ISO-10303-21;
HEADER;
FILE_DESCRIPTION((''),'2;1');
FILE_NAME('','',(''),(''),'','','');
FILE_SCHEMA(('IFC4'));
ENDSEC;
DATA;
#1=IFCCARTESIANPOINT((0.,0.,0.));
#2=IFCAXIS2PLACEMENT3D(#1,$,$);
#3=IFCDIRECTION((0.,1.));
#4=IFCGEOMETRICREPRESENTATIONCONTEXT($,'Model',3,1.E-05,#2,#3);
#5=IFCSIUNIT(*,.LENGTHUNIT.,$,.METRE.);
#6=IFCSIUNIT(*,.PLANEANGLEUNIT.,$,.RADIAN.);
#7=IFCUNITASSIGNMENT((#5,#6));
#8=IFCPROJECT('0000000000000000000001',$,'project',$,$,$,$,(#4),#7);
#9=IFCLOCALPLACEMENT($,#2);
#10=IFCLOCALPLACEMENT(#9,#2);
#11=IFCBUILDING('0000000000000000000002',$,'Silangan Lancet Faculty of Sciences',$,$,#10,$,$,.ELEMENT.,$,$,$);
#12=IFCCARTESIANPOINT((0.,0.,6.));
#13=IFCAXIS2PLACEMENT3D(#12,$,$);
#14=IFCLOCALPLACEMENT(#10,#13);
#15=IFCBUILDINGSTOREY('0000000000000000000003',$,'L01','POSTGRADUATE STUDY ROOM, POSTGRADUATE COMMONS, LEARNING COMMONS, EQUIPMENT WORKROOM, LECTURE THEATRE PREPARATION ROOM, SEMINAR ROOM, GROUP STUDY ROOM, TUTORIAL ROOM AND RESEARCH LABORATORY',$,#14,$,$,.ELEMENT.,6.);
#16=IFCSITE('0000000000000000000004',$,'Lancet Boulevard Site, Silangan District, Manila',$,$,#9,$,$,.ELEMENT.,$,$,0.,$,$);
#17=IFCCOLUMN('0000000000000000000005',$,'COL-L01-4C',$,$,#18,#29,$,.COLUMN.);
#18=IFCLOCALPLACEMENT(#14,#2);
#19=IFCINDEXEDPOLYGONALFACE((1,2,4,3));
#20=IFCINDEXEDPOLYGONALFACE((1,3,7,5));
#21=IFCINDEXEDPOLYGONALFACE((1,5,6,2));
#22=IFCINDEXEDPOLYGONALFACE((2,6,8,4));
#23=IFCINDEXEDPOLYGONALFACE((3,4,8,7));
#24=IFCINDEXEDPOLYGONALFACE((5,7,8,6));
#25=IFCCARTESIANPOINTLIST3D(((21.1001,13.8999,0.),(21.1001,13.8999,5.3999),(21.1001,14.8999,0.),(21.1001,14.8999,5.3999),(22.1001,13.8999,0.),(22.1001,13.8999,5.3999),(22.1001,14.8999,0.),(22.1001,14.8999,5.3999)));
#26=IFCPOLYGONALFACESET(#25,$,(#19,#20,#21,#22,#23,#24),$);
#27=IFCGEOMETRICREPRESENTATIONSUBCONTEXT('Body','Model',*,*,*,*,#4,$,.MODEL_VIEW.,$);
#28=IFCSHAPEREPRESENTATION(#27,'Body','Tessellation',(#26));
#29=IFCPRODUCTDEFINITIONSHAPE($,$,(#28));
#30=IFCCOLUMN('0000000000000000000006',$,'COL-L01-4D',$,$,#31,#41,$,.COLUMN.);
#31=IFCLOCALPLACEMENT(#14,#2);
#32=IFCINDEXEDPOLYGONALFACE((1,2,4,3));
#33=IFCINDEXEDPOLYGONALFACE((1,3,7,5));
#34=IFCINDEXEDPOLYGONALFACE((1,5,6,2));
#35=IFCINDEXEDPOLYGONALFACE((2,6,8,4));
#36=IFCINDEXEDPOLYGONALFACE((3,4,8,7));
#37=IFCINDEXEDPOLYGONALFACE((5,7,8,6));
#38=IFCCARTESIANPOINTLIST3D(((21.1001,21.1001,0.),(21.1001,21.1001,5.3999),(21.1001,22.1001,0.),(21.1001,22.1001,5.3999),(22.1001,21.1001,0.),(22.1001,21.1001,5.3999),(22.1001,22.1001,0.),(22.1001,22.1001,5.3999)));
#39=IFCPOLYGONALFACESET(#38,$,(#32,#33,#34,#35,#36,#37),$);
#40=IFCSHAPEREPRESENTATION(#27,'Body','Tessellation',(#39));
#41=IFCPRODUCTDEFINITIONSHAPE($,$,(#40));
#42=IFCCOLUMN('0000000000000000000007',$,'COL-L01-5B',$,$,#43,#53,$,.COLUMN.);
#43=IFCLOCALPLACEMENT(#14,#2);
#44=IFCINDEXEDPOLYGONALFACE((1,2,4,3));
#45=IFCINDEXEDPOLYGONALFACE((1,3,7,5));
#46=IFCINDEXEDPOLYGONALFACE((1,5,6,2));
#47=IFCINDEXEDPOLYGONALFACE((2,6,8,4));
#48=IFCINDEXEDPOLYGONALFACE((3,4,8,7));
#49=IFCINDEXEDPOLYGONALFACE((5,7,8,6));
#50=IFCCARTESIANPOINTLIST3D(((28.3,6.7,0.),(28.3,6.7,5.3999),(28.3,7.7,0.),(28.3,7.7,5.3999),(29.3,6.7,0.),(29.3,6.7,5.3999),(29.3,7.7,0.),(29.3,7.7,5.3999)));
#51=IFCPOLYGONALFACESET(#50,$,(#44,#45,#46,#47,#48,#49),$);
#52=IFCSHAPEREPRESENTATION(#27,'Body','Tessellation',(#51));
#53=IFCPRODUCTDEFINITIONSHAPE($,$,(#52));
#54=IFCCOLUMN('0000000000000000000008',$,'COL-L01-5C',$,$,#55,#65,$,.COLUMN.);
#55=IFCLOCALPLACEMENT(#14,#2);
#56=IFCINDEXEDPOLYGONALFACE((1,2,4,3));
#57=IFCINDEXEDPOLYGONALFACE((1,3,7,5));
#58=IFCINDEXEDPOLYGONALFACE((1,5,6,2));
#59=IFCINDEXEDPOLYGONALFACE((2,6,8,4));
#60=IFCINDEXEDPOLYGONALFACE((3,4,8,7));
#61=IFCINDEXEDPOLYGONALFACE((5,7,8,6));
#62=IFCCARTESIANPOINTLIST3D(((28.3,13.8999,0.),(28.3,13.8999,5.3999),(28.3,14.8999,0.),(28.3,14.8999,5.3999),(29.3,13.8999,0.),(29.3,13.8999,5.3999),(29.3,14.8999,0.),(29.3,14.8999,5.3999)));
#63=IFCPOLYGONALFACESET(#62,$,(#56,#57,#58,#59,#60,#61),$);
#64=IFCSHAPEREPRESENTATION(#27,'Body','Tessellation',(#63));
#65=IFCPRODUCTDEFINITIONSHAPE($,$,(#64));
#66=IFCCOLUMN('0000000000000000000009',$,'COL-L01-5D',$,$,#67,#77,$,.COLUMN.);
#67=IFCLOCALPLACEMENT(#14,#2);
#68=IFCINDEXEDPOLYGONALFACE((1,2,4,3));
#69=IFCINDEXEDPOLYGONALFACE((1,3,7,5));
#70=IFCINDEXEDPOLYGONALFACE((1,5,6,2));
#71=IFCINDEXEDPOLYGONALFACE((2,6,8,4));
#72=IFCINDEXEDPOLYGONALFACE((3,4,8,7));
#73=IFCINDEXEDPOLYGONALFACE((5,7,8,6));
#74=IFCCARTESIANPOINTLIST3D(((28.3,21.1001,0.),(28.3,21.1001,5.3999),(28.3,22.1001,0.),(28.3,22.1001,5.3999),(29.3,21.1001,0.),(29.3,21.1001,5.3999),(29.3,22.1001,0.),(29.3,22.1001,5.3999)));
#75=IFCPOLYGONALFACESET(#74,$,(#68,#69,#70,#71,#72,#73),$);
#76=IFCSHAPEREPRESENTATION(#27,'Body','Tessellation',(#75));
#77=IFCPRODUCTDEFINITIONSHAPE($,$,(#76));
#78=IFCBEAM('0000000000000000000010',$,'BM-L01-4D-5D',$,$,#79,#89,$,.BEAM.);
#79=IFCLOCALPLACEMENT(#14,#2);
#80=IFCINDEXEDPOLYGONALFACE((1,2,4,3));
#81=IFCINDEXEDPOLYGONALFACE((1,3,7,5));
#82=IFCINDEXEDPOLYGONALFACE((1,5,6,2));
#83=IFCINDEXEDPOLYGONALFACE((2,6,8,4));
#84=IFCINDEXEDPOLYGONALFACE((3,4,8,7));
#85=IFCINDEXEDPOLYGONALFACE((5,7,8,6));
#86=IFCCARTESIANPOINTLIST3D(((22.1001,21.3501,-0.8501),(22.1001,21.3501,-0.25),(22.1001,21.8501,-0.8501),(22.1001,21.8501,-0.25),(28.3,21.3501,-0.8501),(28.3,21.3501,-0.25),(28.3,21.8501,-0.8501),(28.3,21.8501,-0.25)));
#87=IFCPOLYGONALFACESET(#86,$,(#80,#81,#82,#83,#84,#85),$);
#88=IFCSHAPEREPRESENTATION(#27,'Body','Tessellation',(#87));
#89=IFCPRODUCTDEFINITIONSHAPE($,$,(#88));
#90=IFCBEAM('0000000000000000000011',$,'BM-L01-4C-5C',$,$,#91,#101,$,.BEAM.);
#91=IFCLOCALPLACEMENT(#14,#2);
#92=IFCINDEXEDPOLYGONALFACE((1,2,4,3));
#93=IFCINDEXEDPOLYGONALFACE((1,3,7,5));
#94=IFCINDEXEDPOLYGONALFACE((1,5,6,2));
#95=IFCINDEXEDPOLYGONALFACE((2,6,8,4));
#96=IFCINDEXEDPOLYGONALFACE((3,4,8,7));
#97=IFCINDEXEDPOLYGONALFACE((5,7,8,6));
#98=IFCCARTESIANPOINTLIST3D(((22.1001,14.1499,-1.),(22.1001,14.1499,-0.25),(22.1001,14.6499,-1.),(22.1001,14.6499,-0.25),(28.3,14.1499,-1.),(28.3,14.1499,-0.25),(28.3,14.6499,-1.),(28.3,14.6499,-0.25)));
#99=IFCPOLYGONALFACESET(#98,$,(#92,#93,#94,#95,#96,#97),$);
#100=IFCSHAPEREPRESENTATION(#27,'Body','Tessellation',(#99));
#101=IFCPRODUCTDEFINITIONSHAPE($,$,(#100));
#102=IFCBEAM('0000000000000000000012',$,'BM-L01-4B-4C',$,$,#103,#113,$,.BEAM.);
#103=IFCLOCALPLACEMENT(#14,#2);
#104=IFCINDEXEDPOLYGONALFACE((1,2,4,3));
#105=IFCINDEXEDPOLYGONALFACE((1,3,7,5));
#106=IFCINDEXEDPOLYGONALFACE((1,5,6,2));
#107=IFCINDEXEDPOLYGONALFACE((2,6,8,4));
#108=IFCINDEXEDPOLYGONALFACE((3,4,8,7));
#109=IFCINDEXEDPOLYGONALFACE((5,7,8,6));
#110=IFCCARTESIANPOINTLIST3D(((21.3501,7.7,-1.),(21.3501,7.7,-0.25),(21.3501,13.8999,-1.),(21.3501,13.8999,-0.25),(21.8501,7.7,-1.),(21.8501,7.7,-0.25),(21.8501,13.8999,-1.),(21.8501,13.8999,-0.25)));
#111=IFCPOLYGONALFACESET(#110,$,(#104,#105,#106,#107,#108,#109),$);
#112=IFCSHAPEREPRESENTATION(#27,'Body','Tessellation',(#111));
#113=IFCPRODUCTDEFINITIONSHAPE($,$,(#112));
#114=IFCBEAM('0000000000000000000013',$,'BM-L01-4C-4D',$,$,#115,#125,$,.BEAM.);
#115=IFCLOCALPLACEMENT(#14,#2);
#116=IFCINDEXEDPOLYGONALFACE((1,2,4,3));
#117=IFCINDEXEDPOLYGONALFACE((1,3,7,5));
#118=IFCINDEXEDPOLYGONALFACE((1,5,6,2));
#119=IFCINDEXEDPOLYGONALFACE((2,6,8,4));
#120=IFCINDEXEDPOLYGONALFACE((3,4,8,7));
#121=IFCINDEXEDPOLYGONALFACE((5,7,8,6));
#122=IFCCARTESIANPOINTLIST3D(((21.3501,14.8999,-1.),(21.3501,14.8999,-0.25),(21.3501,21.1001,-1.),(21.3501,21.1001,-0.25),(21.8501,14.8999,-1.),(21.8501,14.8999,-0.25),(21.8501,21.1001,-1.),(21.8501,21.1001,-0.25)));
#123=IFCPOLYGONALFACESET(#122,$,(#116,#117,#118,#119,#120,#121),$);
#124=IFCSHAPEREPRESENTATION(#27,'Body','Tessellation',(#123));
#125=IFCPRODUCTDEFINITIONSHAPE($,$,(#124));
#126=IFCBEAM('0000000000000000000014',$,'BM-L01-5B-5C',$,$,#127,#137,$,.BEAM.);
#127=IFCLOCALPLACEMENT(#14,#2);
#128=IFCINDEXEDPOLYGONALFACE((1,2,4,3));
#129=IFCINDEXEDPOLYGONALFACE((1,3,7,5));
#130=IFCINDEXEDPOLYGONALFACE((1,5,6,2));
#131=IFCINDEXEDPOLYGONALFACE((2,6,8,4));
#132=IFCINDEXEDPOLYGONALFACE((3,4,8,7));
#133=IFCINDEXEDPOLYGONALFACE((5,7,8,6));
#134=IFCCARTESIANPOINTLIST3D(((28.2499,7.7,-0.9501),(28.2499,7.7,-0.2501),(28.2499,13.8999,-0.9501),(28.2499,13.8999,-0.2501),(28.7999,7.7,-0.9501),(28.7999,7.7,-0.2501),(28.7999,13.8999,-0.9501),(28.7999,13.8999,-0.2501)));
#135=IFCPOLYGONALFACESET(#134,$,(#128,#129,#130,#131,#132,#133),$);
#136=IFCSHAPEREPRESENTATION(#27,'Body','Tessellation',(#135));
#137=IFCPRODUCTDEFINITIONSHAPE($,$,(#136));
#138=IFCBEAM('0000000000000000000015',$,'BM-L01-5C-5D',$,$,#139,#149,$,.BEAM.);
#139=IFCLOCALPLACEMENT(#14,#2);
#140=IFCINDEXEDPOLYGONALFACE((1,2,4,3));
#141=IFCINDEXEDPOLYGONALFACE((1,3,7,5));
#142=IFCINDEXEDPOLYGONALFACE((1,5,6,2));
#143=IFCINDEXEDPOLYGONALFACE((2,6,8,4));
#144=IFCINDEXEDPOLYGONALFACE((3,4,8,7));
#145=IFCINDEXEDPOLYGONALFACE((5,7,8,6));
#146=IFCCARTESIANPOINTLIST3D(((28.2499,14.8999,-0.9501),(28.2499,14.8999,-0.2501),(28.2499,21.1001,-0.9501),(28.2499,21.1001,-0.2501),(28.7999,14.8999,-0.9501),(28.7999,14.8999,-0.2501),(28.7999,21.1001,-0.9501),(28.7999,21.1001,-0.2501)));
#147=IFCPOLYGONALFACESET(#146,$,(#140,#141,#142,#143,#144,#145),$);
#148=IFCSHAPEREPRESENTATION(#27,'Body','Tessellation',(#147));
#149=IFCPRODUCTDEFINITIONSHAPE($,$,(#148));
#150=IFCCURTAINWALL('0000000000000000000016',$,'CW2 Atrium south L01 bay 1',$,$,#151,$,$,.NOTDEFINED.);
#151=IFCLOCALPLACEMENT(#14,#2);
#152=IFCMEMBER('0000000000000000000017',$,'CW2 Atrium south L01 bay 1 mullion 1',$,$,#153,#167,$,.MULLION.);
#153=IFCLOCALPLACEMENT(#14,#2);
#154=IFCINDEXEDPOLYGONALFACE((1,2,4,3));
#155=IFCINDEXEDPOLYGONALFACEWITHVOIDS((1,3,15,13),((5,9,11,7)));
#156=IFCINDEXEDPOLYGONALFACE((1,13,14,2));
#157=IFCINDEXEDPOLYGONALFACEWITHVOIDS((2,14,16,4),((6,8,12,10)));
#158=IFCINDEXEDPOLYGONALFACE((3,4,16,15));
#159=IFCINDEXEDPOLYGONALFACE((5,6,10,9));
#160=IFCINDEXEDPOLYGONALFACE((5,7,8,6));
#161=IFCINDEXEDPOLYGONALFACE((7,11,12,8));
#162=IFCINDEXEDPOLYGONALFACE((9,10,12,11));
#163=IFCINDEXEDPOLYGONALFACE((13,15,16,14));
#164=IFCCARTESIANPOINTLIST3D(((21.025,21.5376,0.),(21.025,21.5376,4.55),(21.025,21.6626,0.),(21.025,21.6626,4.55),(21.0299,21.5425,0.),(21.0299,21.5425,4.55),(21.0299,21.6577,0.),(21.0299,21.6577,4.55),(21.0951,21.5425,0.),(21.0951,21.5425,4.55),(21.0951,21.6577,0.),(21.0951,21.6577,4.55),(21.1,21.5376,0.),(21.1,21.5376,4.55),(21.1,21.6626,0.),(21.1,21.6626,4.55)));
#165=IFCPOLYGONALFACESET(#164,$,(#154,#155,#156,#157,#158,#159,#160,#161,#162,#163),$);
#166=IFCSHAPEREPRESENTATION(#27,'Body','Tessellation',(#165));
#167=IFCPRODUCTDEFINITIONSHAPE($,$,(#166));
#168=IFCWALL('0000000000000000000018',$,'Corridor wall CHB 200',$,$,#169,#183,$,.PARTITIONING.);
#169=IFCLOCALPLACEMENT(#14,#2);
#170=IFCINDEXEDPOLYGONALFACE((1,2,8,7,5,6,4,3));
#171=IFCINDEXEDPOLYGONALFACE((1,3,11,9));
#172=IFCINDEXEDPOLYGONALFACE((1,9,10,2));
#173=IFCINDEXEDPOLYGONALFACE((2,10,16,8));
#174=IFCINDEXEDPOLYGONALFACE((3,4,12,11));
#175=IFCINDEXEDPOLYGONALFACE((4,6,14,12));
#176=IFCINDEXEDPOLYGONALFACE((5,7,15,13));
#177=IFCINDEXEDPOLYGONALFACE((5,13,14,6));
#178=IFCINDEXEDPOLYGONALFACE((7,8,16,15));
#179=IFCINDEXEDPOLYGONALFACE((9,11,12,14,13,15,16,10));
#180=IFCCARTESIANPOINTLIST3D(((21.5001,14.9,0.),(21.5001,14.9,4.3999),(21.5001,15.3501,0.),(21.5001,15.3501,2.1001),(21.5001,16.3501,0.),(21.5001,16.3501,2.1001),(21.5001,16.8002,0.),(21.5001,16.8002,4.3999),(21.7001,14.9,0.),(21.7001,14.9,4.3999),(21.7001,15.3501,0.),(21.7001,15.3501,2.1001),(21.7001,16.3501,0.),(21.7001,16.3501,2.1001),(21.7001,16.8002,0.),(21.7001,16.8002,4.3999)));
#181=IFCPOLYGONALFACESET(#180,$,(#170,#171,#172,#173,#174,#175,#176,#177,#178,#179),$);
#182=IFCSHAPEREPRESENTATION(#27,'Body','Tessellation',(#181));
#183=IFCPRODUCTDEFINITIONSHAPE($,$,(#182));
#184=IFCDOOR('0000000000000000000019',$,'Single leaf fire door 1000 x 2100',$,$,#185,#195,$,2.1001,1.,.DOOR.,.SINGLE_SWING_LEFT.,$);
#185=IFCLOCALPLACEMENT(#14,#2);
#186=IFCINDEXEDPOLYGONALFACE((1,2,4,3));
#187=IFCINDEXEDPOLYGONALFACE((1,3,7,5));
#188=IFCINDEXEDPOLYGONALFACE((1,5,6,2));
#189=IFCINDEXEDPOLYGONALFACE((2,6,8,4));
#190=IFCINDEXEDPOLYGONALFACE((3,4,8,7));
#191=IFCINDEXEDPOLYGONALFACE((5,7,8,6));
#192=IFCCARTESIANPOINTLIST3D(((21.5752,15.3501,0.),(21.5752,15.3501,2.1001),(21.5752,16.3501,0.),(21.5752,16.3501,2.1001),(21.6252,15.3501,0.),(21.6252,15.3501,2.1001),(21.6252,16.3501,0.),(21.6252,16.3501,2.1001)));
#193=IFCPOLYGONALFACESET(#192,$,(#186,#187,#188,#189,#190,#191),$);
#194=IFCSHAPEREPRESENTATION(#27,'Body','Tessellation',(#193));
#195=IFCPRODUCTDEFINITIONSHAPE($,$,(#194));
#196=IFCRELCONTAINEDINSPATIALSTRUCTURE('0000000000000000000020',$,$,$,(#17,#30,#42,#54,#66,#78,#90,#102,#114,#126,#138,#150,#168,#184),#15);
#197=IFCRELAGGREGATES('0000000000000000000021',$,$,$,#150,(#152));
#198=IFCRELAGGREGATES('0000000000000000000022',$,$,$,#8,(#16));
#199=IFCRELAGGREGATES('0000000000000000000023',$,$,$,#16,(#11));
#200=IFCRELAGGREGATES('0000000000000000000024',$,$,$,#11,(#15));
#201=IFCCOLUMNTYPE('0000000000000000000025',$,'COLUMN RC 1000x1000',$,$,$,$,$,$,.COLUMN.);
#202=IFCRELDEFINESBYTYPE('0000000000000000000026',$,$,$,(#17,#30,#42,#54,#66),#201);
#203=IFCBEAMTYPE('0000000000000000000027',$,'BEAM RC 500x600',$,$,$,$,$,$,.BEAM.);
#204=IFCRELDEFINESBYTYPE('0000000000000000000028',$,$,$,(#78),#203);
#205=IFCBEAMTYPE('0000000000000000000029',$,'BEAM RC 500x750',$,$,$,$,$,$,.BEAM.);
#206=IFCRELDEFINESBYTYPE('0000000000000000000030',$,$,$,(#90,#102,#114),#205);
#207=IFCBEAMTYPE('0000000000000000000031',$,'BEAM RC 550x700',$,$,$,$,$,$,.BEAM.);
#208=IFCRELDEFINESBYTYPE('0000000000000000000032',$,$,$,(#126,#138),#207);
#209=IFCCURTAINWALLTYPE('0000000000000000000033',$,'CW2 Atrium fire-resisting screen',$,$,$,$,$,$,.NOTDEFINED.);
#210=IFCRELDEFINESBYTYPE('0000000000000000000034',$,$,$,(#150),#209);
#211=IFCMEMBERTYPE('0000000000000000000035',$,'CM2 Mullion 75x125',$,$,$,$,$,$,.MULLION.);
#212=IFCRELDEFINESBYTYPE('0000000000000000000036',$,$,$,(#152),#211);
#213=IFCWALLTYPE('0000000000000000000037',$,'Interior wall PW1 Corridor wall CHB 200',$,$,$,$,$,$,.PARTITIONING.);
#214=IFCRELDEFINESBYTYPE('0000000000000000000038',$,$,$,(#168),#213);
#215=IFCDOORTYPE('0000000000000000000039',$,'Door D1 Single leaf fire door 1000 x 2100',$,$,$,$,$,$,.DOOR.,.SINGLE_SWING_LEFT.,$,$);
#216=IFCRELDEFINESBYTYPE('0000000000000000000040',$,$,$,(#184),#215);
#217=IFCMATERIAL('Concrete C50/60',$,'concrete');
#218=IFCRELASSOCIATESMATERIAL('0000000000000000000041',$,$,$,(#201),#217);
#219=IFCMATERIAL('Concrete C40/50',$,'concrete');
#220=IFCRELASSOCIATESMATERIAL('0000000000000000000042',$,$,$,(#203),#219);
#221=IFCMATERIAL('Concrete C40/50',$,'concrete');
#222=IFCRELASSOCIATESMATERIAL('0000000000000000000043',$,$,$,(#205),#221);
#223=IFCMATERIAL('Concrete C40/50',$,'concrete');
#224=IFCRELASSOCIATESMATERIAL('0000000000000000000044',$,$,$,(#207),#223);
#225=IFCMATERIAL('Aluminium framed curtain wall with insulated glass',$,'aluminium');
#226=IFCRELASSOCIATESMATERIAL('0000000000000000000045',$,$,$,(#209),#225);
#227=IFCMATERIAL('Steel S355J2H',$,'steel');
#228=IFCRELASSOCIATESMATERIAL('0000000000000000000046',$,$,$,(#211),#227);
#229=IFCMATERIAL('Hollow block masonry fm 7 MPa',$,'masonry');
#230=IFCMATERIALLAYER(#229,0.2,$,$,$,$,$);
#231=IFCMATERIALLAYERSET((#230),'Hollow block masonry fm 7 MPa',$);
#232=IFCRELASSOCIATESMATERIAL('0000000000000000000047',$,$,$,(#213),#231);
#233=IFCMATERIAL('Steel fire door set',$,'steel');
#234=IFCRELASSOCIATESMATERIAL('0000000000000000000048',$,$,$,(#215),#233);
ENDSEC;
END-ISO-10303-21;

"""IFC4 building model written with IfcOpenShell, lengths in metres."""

from ifc_helpers import new_model, si_unit, direction, frame, frame_2d, origin, origin_2d, place, context, subcontext, project, spatial, rectangle, hollow_rectangle, extrude, material, layer, layer_set, material_profile, profile_set, type_object, element, fill, aggregate, save


model = new_model("IFC4")

# Units and contexts
model_context = context("Model", 3, precision=1e-05, world=origin(), true_north=direction((0.0, 1.0)))
body_context = subcontext(model_context, "Body", "Model", "MODEL_VIEW")
ifc_project = project(units=[si_unit("LENGTHUNIT", "METRE"), si_unit("PLANEANGLEUNIT", "RADIAN")], contexts=[model_context])

# Site, building, storey
site_placement = place(None, origin())
site = spatial("IfcSite", under=ifc_project, at=site_placement, Name="Lancet Boulevard Site, Silangan District, Manila", CompositionType="ELEMENT", RefElevation=0.0)
building_placement = place(site_placement, origin())
building = spatial("IfcBuilding", under=site, at=building_placement, Name="Silangan Lancet Faculty of Sciences", CompositionType="ELEMENT")
storey_placement = place(building_placement, frame((0.0, 0.0, 6.0)))
storey = spatial("IfcBuildingStorey", under=building, at=storey_placement, Name="L01", Description="POSTGRADUATE STUDY ROOM, POSTGRADUATE COMMONS, LEARNING COMMONS, EQUIPMENT WORKROOM, LECTURE THEATRE PREPARATION ROOM, SEMINAR ROOM, GROUP STUDY ROOM, TUTORIAL ROOM AND RESEARCH LABORATORY", CompositionType="ELEMENT", Elevation=6.0)

# Columns
ifc_material_1 = material(Name="Concrete C50/60", Category="concrete")
ifc_material_profile_1 = material_profile(ifc_material_1, rectangle(XDim=1.0, YDim=1.0, at=origin_2d()), Name="RC 1000x1000")
ifc_profile_set_1 = profile_set([ifc_material_profile_1], Name="Concrete C50/60")
column_type = type_object("IfcColumnType", Name="COLUMN RC 1000x1000", PredefinedType="COLUMN", material=ifc_profile_set_1)
for number, where, z_axis, x_axis, name in (
    (1, (21.6001, 14.3999, 0.0), (0.0, 0.0, 1.0), (1.0, 0.0, 0.0), "COL-L01-4C"),
    (2, (21.6001, 21.6001, 0.0), (0.0, 0.0, 1.0), (1.0, 0.0, 0.0), "COL-L01-4D"),
    (3, (28.8, 7.2, 0.0), (0.0, 0.0, 1.0), (1.0, 0.0, 0.0), "COL-L01-5B"),
    (4, (28.8, 14.3999, 0.0), (0.0, 0.0, 1.0), (1.0, 0.0, 0.0), "COL-L01-5C"),
    (5, (28.8, 21.6001, 0.0), (0.0, 0.0, 1.0), (1.0, 0.0, 0.0), "COL-L01-5D"),
):
    element("IfcColumn", number, at=place(storey_placement, frame(where, z_axis=z_axis, x_axis=x_axis)), inside=storey, type_object=column_type, Name=name, PredefinedType="COLUMN", context=body_context, shape_type="SweptSolid", body=[
        extrude(rectangle(XDim=1.0, YDim=1.0, at=origin_2d()), origin(), (0.0, 0.0, 1.0), 5.3999),
    ])

# Beams
ifc_material_2 = material(Name="Concrete C40/50", Category="concrete")
ifc_material_profile_2 = material_profile(ifc_material_2, rectangle(XDim=0.5, YDim=0.6001, at=origin_2d()), Name="RC 500x600")
ifc_profile_set_2 = profile_set([ifc_material_profile_2], Name="Concrete C40/50")
beam_type_1 = type_object("IfcBeamType", Name="BEAM RC 500x600", PredefinedType="BEAM", material=ifc_profile_set_2)
beam_1_placement = place(storey_placement, frame((22.1001, 21.6001, -0.55), z_axis=(1.0, 0.0, 0.0), x_axis=(0.0, 1.0, 0.0)))
element("IfcBeam", 6, at=beam_1_placement, inside=storey, type_object=beam_type_1, Name="BM-L01-4D-5D", PredefinedType="BEAM", context=body_context, shape_type="SweptSolid", body=[
    extrude(rectangle(XDim=0.5, YDim=0.6001, at=origin_2d()), origin(), (0.0, 0.0, 1.0), 6.2),
])
ifc_material_3 = material(Name="Concrete C40/50", Category="concrete")
ifc_material_profile_3 = material_profile(ifc_material_3, rectangle(XDim=0.5, YDim=0.75, at=origin_2d()), Name="RC 500x750")
ifc_profile_set_3 = profile_set([ifc_material_profile_3], Name="Concrete C40/50")
beam_type_2 = type_object("IfcBeamType", Name="BEAM RC 500x750", PredefinedType="BEAM", material=ifc_profile_set_3)
for number, where, z_axis, x_axis, name in (
    (7, (22.1001, 14.3999, -0.625), (1.0, 0.0, 0.0), (0.0, 1.0, 0.0), "BM-L01-4C-5C"),
    (8, (21.6001, 7.7, -0.625), (0.0, 1.0, 0.0), (-1.0, 0.0, 0.0), "BM-L01-4B-4C"),
):
    element("IfcBeam", number, at=place(storey_placement, frame(where, z_axis=z_axis, x_axis=x_axis)), inside=storey, type_object=beam_type_2, Name=name, PredefinedType="BEAM", context=body_context, shape_type="SweptSolid", body=[
        extrude(rectangle(XDim=0.5, YDim=0.75, at=origin_2d()), origin(), (0.0, 0.0, 1.0), 6.2),
    ])
beam_2_placement = place(storey_placement, frame((21.6001, 14.8999, -0.625), z_axis=(0.0, 1.0, 0.0), x_axis=(-1.0, 0.0, 0.0)))
element("IfcBeam", 9, at=beam_2_placement, inside=storey, type_object=beam_type_2, Name="BM-L01-4C-4D", PredefinedType="BEAM", context=body_context, shape_type="SweptSolid", body=[
    extrude(rectangle(XDim=0.5, YDim=0.75, at=origin_2d()), origin(), (0.0, 0.0, 1.0), 6.2002),
])
ifc_material_4 = material(Name="Concrete C40/50", Category="concrete")
ifc_material_profile_4 = material_profile(ifc_material_4, rectangle(XDim=0.55, YDim=0.7, at=origin_2d()), Name="RC 550x700")
ifc_profile_set_4 = profile_set([ifc_material_profile_4], Name="Concrete C40/50")
beam_type_3 = type_object("IfcBeamType", Name="BEAM RC 550x700", PredefinedType="BEAM", material=ifc_profile_set_4)
beam_3_placement = place(storey_placement, frame((28.5249, 7.7, -0.6001), z_axis=(0.0, 1.0, 0.0), x_axis=(-1.0, 0.0, 0.0)))
element("IfcBeam", 10, at=beam_3_placement, inside=storey, type_object=beam_type_3, Name="BM-L01-5B-5C", PredefinedType="BEAM", context=body_context, shape_type="SweptSolid", body=[
    extrude(rectangle(XDim=0.55, YDim=0.7, at=origin_2d()), origin(), (0.0, 0.0, 1.0), 6.2),
])
beam_4_placement = place(storey_placement, frame((28.5249, 14.8999, -0.6001), z_axis=(0.0, 1.0, 0.0), x_axis=(-1.0, 0.0, 0.0)))
element("IfcBeam", 11, at=beam_4_placement, inside=storey, type_object=beam_type_3, Name="BM-L01-5C-5D", PredefinedType="BEAM", context=body_context, shape_type="SweptSolid", body=[
    extrude(rectangle(XDim=0.55, YDim=0.7, at=origin_2d()), origin(), (0.0, 0.0, 1.0), 6.2002),
])

# Curtain wall, member
ifc_material_5 = material(Name="Aluminium framed curtain wall with insulated glass", Category="aluminium")
curtain_wall_type = type_object("IfcCurtainWallType", Name="CW2 Atrium fire-resisting screen", PredefinedType="NOTDEFINED", material=ifc_material_5)
curtain_wall_placement = place(storey_placement, origin())
curtain_wall = element("IfcCurtainWall", 12, at=curtain_wall_placement, inside=storey, type_object=curtain_wall_type, Name="CW2 Atrium south L01 bay 1", PredefinedType="NOTDEFINED")
ifc_material_6 = material(Name="Steel S355J2H", Category="steel")
ifc_material_profile_5 = material_profile(ifc_material_6, hollow_rectangle(XDim=0.075, YDim=0.125, WallThickness=0.0049, at=origin_2d()), Name="ST BOX 75x125x5")
ifc_profile_set_5 = profile_set([ifc_material_profile_5], Name="Steel S355J2H")
member_type = type_object("IfcMemberType", Name="CM2 Mullion 75x125", PredefinedType="MULLION", material=ifc_profile_set_5)
member_placement = place(storey_placement, frame((21.0625, 21.6001, 0.0), z_axis=(0.0, 0.0, 1.0), x_axis=(-1.0, 0.0, 0.0)))
member = element("IfcMember", 13, at=member_placement, type_object=member_type, Name="CW2 Atrium south L01 bay 1 mullion 1", PredefinedType="MULLION", context=body_context, shape_type="SweptSolid", body=[
    extrude(hollow_rectangle(XDim=0.075, YDim=0.125, WallThickness=0.0049, at=origin_2d()), origin(), (0.0, 0.0, 1.0), 4.55),
])
aggregate(curtain_wall, [member])

# Wall, opening, door
ifc_material_7 = material(Name="Hollow block masonry fm 7 MPa", Category="masonry")
ifc_layer_1 = layer(ifc_material_7, 0.2)
ifc_layer_set_1 = layer_set([ifc_layer_1], Name="Hollow block masonry fm 7 MPa")
wall_type_1 = type_object("IfcWallType", Name="Interior wall PW1 Corridor wall CHB 200", PredefinedType="PARTITIONING", material=ifc_layer_set_1)
wall_1_placement = place(storey_placement, frame((21.6001, 14.8999, 0.0), z_axis=(0.0, 0.0, 1.0), x_axis=(0.0, 1.0, 0.0)))
wall_1 = element("IfcWall", 14, at=wall_1_placement, inside=storey, type_object=wall_type_1, Name="Corridor wall CHB 200", PredefinedType="PARTITIONING", context=body_context, shape_type="SweptSolid", body=[
    extrude(rectangle(XDim=1.9001, YDim=0.2, at=frame_2d((0.9502, 0.0))), origin(), (0.0, 0.0, 1.0), 4.3999),
])
opening_1_placement = place(wall_1_placement, frame((0.4502, 0.0, 0.0)))
opening_1 = element("IfcOpeningElement", 15, at=opening_1_placement, cuts=wall_1, PredefinedType="OPENING", context=body_context, shape_type="SweptSolid", body=[
    extrude(rectangle(XDim=1.0, YDim=2.1001, at=frame_2d((0.5, 1.05))), frame((0.0, 0.1099, 0.0), z_axis=(0.0, -1.0, 0.0), x_axis=(1.0, 0.0, 0.0)), (0.0, 0.0, 1.0), 0.22),
])
ifc_material_8 = material(Name="Steel fire door set", Category="steel")
door_type_1 = type_object("IfcDoorType", Name="Door D1 Single leaf fire door 1000 x 2100", OperationType="SINGLE_SWING_LEFT", PredefinedType="DOOR", material=ifc_material_8)
door_1_placement = place(opening_1_placement, frame((1.0, 0.0, 0.0), z_axis=(0.0, 0.0, 1.0), x_axis=(-1.0, 0.0, 0.0)))
door_1 = element("IfcDoor", 16, at=door_1_placement, inside=storey, type_object=door_type_1, Name="Single leaf fire door 1000 x 2100", OperationType="SINGLE_SWING_LEFT", OverallHeight=2.1001, OverallWidth=1.0, PredefinedType="DOOR", context=body_context, shape_type="SweptSolid", body=[
    extrude(rectangle(XDim=1.0, YDim=2.1001, at=frame_2d((0.5, 1.05))), frame((0.0, 0.0251, 0.0), z_axis=(0.0, -1.0, 0.0), x_axis=(1.0, 0.0, 0.0)), (0.0, 0.0, 1.0), 0.05),
])
fill(opening_1, door_1)

save(model, "model.ifc")
